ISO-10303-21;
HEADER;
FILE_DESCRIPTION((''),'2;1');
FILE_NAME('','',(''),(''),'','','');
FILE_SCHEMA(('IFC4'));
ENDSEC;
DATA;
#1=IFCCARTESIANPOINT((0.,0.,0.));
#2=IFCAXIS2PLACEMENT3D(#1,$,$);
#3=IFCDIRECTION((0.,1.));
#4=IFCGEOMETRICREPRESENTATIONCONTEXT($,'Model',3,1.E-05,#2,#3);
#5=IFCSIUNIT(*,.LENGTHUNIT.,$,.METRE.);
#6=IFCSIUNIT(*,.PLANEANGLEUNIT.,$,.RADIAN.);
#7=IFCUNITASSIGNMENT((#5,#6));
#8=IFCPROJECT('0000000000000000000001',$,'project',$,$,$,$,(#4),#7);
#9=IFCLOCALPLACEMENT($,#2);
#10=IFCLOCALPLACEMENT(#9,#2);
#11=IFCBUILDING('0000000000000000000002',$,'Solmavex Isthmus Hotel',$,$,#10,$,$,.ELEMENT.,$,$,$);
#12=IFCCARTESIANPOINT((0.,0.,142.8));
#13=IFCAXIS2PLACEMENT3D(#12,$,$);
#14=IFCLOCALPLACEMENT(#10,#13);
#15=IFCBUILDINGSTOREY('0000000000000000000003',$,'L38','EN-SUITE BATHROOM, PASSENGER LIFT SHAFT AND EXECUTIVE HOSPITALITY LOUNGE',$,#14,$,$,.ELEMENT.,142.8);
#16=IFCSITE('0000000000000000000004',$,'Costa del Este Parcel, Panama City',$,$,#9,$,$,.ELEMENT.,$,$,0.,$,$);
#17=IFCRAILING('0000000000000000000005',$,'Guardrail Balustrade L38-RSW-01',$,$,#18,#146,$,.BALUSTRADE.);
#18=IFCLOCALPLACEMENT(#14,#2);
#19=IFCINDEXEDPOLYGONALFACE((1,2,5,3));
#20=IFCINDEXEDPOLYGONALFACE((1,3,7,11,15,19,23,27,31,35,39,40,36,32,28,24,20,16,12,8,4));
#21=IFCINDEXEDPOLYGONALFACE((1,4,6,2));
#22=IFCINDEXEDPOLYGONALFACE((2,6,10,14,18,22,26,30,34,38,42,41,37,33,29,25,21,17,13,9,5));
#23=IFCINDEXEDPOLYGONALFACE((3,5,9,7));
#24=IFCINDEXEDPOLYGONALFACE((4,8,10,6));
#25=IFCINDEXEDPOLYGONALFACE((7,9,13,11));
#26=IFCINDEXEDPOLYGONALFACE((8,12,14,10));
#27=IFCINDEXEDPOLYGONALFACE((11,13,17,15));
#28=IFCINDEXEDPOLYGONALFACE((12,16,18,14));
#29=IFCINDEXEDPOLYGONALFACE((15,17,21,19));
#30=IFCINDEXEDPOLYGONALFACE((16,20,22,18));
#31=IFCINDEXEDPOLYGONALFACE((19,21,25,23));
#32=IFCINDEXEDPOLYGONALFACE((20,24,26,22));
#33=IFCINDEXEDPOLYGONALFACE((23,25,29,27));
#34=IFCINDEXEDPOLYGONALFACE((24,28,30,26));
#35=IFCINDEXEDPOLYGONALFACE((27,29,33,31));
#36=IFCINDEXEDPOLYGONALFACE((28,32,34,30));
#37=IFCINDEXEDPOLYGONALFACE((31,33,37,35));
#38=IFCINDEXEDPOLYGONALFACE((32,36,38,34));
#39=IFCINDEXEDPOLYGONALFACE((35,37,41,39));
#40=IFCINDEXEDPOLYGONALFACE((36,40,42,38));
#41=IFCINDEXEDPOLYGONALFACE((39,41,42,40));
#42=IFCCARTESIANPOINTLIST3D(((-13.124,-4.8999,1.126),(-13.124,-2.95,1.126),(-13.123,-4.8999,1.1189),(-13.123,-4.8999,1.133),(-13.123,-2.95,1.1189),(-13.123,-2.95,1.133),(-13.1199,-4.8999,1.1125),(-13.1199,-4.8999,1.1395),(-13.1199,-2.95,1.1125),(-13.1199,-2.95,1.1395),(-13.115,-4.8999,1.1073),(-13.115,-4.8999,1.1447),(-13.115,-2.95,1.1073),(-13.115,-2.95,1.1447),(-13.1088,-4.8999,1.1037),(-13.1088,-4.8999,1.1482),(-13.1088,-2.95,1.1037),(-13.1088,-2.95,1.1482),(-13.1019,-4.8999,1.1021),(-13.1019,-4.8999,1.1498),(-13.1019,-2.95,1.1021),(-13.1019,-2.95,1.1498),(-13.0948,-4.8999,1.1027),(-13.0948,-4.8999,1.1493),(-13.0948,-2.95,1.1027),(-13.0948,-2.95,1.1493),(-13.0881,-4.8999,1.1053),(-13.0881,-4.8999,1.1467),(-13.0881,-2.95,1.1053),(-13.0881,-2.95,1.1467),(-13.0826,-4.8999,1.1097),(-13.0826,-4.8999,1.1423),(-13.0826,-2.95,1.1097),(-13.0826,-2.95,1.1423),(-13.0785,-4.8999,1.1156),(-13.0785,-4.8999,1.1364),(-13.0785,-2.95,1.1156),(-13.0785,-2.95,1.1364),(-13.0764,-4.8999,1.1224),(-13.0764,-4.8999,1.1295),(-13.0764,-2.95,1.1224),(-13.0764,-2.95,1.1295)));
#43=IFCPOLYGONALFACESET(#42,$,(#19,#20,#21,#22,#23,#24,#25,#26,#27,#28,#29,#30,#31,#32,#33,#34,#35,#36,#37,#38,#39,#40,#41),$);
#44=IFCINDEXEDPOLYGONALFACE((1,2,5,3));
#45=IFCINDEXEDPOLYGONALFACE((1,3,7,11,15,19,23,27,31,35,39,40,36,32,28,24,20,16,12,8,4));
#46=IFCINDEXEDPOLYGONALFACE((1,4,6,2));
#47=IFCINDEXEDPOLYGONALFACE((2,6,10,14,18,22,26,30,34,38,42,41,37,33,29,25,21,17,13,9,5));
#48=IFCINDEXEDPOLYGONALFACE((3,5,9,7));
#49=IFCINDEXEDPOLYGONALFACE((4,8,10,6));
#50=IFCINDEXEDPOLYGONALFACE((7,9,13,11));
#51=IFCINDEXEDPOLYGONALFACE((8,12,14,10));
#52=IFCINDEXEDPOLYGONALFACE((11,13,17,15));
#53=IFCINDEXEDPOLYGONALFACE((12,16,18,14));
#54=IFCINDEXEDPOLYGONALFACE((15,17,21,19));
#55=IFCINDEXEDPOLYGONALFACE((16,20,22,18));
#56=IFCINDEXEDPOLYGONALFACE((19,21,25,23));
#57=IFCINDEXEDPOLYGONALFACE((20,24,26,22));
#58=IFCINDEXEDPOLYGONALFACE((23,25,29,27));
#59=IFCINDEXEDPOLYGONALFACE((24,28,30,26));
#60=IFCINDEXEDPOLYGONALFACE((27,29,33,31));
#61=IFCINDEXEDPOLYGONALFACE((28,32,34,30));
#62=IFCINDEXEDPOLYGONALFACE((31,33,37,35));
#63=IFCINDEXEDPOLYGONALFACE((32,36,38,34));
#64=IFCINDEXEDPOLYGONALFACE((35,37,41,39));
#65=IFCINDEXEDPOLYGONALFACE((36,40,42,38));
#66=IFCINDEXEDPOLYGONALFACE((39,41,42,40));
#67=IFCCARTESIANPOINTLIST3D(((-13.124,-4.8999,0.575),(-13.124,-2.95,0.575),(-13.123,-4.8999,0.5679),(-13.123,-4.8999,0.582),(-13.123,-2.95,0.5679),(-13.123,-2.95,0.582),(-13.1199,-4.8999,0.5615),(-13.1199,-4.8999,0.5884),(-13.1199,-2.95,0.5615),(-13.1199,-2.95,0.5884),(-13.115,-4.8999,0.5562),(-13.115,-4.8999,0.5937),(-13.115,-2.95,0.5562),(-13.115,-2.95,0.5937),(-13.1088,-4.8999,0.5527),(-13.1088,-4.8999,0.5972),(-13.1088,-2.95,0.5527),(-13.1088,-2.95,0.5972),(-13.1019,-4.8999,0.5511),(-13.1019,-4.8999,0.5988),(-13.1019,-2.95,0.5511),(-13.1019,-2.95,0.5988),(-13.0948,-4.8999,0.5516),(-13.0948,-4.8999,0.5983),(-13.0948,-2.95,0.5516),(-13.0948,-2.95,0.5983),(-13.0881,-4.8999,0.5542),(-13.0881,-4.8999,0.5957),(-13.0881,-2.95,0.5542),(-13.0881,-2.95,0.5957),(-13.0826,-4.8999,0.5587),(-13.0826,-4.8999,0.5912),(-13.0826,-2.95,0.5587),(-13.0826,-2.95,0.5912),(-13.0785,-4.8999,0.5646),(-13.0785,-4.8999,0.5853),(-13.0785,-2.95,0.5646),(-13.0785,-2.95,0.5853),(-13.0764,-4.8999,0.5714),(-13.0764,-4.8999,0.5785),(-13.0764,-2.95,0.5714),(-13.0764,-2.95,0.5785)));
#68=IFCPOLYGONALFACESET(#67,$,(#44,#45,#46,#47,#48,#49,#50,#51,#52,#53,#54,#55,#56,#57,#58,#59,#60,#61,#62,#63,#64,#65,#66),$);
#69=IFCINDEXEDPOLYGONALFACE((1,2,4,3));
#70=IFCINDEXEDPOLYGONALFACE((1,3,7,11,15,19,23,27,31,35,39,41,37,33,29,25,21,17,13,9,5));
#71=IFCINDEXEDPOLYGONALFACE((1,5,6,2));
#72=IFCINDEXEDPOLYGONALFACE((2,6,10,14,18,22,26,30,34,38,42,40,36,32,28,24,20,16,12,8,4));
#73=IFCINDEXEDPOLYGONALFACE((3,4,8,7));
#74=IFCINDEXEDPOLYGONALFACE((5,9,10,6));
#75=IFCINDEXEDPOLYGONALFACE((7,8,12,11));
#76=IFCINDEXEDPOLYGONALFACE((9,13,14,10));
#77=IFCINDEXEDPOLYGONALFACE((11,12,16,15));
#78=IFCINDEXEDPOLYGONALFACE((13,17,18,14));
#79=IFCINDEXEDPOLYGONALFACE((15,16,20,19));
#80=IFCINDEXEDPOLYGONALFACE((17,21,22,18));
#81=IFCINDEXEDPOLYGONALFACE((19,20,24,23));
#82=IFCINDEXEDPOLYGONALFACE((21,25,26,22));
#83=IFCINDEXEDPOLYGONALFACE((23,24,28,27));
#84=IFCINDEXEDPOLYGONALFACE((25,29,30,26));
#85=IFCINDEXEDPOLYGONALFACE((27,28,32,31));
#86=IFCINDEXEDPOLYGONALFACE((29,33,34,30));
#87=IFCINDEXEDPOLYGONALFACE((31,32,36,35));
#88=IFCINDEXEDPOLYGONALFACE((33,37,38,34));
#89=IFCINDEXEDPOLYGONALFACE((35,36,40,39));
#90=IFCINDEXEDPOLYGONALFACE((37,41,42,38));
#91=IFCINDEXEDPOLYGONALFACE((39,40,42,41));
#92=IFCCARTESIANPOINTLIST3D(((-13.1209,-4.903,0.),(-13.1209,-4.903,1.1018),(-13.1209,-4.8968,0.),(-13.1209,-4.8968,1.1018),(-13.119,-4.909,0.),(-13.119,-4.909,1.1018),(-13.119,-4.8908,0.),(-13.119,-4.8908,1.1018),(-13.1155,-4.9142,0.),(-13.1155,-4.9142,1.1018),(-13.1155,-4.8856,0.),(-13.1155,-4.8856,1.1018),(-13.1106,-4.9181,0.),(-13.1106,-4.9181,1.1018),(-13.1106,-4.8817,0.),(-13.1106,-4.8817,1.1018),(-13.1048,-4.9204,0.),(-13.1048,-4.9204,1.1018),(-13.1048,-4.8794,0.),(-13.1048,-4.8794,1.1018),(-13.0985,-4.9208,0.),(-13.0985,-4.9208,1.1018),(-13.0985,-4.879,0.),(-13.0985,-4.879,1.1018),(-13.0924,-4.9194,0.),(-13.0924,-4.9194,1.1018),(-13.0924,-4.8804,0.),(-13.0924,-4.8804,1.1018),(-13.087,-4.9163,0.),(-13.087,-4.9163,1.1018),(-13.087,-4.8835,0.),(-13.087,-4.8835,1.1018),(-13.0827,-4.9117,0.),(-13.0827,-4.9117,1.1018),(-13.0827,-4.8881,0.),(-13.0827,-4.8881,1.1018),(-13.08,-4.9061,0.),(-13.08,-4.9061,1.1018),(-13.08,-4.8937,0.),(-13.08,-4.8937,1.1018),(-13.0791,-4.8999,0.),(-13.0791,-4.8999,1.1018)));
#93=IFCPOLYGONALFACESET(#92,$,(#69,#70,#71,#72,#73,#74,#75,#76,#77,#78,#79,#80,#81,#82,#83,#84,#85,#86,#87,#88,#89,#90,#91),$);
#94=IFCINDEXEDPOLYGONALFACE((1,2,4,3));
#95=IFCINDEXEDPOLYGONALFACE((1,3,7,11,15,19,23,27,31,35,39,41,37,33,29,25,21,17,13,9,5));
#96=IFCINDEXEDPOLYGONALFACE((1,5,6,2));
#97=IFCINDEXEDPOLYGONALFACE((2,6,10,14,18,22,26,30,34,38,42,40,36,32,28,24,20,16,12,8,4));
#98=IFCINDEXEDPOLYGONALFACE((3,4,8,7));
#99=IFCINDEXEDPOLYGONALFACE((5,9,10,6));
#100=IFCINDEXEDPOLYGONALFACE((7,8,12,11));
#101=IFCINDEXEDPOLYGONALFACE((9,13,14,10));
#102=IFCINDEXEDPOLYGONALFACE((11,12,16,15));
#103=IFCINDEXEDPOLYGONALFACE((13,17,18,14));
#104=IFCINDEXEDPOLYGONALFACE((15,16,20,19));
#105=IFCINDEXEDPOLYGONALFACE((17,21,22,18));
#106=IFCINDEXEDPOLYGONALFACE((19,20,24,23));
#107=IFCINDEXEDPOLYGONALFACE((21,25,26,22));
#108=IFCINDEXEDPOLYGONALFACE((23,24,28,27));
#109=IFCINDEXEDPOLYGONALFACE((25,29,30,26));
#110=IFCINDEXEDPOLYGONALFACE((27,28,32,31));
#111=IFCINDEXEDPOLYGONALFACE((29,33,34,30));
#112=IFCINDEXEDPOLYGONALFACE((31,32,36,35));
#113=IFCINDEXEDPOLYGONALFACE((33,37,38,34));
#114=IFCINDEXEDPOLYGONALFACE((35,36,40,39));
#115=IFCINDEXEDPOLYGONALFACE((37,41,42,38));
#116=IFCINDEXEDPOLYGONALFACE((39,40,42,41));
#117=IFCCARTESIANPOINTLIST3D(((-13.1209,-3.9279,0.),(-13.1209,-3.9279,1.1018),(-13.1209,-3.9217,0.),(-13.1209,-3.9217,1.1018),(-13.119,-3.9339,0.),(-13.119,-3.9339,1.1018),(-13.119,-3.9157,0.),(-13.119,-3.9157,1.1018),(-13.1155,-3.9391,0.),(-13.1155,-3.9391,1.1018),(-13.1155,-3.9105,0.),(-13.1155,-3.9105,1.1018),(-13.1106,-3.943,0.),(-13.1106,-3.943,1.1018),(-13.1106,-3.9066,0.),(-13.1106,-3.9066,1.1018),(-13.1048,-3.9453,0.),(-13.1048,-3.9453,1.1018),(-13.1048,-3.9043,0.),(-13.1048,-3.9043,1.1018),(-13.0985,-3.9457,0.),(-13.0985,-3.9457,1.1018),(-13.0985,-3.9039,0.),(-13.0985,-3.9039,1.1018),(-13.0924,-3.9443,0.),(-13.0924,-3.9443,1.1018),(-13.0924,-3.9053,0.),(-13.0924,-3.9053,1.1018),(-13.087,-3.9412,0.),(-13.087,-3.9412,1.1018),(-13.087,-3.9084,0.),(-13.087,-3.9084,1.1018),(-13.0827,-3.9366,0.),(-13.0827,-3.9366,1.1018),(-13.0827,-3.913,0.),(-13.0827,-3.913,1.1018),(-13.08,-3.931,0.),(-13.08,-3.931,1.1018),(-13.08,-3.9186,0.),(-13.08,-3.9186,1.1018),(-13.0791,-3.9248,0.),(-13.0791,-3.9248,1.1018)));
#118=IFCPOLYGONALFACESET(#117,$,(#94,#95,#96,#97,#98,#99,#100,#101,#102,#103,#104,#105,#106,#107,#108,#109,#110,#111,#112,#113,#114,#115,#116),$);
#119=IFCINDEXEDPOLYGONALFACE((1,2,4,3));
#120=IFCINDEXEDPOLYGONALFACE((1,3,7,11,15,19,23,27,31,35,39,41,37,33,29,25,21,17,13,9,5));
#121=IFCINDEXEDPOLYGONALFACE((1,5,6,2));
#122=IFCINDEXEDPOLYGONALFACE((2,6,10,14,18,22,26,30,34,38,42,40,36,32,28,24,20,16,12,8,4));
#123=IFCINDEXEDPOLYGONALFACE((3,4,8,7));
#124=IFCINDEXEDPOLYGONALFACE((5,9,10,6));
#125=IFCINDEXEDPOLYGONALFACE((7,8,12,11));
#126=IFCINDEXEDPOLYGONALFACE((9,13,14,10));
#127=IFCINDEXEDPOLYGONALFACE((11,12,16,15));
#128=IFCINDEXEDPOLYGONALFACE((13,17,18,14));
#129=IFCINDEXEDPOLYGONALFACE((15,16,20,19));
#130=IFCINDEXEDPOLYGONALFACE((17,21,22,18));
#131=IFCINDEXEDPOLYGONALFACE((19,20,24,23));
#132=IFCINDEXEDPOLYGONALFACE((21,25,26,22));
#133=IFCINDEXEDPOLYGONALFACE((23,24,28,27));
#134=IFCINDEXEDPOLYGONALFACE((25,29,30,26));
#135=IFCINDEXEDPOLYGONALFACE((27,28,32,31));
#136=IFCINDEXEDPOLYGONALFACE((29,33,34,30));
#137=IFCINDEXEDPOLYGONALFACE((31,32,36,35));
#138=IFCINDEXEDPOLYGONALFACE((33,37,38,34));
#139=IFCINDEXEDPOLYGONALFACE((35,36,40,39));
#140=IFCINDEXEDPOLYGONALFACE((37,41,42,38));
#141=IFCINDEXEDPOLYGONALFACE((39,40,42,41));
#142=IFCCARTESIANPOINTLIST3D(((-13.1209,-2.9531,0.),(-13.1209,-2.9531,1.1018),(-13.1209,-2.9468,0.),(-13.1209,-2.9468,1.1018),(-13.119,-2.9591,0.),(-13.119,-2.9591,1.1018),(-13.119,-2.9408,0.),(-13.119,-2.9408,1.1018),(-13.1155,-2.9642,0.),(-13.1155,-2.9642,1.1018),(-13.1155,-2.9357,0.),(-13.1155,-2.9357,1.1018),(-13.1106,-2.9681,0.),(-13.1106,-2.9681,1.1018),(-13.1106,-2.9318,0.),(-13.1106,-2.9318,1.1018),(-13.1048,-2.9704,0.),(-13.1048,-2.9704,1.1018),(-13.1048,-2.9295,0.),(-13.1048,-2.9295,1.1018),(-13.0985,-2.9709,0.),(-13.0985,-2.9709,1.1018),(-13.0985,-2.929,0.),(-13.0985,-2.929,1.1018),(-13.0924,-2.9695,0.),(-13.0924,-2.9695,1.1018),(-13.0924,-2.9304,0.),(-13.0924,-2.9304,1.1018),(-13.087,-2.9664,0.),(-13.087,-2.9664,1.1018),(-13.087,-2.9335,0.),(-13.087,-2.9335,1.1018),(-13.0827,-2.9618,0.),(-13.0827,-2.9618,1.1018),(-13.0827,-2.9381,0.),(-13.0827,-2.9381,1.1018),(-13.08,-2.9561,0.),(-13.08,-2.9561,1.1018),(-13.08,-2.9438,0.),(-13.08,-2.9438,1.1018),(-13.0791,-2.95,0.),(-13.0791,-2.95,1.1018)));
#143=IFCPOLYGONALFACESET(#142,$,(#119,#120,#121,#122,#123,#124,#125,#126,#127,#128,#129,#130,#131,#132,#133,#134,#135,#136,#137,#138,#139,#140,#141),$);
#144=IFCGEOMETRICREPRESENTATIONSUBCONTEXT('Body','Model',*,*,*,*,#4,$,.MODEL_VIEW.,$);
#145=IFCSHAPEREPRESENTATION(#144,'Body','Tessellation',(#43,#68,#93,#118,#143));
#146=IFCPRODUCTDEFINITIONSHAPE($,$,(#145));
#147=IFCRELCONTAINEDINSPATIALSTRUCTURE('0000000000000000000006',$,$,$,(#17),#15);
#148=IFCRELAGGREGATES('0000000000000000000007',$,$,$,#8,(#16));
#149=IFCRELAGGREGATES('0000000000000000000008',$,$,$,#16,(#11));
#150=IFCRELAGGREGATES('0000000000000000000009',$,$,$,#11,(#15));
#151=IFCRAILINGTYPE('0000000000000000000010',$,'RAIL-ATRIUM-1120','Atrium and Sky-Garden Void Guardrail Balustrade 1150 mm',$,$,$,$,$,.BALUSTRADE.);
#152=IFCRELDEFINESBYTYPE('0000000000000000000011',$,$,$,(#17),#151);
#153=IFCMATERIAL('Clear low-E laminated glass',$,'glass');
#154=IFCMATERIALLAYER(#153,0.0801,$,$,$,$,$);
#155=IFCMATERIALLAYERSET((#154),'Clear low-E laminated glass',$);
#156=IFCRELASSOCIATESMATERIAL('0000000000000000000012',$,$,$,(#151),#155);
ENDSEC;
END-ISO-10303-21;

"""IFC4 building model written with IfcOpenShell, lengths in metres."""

from ifc_helpers import new_model, si_unit, direction, frame, origin, origin_2d, place, context, subcontext, project, spatial, circle, extrude, material, layer, layer_set, type_object, element, save


model = new_model("IFC4")

# Units and contexts
model_context = context("Model", 3, precision=1e-05, world=origin(), true_north=direction((0.0, 1.0)))
body_context = subcontext(model_context, "Body", "Model", "MODEL_VIEW")
ifc_project = project(units=[si_unit("LENGTHUNIT", "METRE"), si_unit("PLANEANGLEUNIT", "RADIAN")], contexts=[model_context])

# Site, building, storey
site_placement = place(None, origin())
site = spatial("IfcSite", under=ifc_project, at=site_placement, Name="Costa del Este Parcel, Panama City", CompositionType="ELEMENT", RefElevation=0.0)
building_placement = place(site_placement, origin())
building = spatial("IfcBuilding", under=site, at=building_placement, Name="Solmavex Isthmus Hotel", CompositionType="ELEMENT")
storey_placement = place(building_placement, frame((0.0, 0.0, 142.8)))
storey = spatial("IfcBuildingStorey", under=building, at=storey_placement, Name="L38", Description="EN-SUITE BATHROOM, PASSENGER LIFT SHAFT AND EXECUTIVE HOSPITALITY LOUNGE", CompositionType="ELEMENT", Elevation=142.8)

# Shared definitions
ifc_material_1 = material(Name="Clear low-E laminated glass", Category="glass")

# Railing
ifc_layer_1 = layer(ifc_material_1, 0.0801)
ifc_layer_set_1 = layer_set([ifc_layer_1], Name="Clear low-E laminated glass")
railing_type_1 = type_object("IfcRailingType", Name="RAIL-ATRIUM-1120", Description="Atrium and Sky-Garden Void Guardrail Balustrade 1150 mm", PredefinedType="BALUSTRADE", material=ifc_layer_set_1)
railing_1_placement = place(storey_placement, frame((-13.1001, -4.8999, 0.0)))
element("IfcRailing", 1, at=railing_1_placement, inside=storey, type_object=railing_type_1, Name="Guardrail Balustrade L38-RSW-01", PredefinedType="BALUSTRADE", context=body_context, shape_type="SweptSolid", body=[
    extrude(circle(Radius=0.0239, at=origin_2d()), frame((0.0, 0.0, 1.126), z_axis=(0.0, 1.0, 0.0), x_axis=(-1.0, 0.0, 0.0)), (0.0, 0.0, 1.0), 1.95),
    extrude(circle(Radius=0.0239, at=origin_2d()), frame((0.0, 0.0, 0.575), z_axis=(0.0, 1.0, 0.0), x_axis=(-1.0, 0.0, 0.0)), (0.0, 0.0, 1.0), 1.95),
    extrude(circle(Radius=0.021, at=origin_2d()), origin(), (0.0, 0.0, 1.0), 1.1018),
    extrude(circle(Radius=0.021, at=origin_2d()), frame((0.0, 0.9751, 0.0)), (0.0, 0.0, 1.0), 1.1018),
    extrude(circle(Radius=0.021, at=origin_2d()), frame((0.0, 1.95, 0.0)), (0.0, 0.0, 1.0), 1.1018),
])

save(model, "model.ifc")
